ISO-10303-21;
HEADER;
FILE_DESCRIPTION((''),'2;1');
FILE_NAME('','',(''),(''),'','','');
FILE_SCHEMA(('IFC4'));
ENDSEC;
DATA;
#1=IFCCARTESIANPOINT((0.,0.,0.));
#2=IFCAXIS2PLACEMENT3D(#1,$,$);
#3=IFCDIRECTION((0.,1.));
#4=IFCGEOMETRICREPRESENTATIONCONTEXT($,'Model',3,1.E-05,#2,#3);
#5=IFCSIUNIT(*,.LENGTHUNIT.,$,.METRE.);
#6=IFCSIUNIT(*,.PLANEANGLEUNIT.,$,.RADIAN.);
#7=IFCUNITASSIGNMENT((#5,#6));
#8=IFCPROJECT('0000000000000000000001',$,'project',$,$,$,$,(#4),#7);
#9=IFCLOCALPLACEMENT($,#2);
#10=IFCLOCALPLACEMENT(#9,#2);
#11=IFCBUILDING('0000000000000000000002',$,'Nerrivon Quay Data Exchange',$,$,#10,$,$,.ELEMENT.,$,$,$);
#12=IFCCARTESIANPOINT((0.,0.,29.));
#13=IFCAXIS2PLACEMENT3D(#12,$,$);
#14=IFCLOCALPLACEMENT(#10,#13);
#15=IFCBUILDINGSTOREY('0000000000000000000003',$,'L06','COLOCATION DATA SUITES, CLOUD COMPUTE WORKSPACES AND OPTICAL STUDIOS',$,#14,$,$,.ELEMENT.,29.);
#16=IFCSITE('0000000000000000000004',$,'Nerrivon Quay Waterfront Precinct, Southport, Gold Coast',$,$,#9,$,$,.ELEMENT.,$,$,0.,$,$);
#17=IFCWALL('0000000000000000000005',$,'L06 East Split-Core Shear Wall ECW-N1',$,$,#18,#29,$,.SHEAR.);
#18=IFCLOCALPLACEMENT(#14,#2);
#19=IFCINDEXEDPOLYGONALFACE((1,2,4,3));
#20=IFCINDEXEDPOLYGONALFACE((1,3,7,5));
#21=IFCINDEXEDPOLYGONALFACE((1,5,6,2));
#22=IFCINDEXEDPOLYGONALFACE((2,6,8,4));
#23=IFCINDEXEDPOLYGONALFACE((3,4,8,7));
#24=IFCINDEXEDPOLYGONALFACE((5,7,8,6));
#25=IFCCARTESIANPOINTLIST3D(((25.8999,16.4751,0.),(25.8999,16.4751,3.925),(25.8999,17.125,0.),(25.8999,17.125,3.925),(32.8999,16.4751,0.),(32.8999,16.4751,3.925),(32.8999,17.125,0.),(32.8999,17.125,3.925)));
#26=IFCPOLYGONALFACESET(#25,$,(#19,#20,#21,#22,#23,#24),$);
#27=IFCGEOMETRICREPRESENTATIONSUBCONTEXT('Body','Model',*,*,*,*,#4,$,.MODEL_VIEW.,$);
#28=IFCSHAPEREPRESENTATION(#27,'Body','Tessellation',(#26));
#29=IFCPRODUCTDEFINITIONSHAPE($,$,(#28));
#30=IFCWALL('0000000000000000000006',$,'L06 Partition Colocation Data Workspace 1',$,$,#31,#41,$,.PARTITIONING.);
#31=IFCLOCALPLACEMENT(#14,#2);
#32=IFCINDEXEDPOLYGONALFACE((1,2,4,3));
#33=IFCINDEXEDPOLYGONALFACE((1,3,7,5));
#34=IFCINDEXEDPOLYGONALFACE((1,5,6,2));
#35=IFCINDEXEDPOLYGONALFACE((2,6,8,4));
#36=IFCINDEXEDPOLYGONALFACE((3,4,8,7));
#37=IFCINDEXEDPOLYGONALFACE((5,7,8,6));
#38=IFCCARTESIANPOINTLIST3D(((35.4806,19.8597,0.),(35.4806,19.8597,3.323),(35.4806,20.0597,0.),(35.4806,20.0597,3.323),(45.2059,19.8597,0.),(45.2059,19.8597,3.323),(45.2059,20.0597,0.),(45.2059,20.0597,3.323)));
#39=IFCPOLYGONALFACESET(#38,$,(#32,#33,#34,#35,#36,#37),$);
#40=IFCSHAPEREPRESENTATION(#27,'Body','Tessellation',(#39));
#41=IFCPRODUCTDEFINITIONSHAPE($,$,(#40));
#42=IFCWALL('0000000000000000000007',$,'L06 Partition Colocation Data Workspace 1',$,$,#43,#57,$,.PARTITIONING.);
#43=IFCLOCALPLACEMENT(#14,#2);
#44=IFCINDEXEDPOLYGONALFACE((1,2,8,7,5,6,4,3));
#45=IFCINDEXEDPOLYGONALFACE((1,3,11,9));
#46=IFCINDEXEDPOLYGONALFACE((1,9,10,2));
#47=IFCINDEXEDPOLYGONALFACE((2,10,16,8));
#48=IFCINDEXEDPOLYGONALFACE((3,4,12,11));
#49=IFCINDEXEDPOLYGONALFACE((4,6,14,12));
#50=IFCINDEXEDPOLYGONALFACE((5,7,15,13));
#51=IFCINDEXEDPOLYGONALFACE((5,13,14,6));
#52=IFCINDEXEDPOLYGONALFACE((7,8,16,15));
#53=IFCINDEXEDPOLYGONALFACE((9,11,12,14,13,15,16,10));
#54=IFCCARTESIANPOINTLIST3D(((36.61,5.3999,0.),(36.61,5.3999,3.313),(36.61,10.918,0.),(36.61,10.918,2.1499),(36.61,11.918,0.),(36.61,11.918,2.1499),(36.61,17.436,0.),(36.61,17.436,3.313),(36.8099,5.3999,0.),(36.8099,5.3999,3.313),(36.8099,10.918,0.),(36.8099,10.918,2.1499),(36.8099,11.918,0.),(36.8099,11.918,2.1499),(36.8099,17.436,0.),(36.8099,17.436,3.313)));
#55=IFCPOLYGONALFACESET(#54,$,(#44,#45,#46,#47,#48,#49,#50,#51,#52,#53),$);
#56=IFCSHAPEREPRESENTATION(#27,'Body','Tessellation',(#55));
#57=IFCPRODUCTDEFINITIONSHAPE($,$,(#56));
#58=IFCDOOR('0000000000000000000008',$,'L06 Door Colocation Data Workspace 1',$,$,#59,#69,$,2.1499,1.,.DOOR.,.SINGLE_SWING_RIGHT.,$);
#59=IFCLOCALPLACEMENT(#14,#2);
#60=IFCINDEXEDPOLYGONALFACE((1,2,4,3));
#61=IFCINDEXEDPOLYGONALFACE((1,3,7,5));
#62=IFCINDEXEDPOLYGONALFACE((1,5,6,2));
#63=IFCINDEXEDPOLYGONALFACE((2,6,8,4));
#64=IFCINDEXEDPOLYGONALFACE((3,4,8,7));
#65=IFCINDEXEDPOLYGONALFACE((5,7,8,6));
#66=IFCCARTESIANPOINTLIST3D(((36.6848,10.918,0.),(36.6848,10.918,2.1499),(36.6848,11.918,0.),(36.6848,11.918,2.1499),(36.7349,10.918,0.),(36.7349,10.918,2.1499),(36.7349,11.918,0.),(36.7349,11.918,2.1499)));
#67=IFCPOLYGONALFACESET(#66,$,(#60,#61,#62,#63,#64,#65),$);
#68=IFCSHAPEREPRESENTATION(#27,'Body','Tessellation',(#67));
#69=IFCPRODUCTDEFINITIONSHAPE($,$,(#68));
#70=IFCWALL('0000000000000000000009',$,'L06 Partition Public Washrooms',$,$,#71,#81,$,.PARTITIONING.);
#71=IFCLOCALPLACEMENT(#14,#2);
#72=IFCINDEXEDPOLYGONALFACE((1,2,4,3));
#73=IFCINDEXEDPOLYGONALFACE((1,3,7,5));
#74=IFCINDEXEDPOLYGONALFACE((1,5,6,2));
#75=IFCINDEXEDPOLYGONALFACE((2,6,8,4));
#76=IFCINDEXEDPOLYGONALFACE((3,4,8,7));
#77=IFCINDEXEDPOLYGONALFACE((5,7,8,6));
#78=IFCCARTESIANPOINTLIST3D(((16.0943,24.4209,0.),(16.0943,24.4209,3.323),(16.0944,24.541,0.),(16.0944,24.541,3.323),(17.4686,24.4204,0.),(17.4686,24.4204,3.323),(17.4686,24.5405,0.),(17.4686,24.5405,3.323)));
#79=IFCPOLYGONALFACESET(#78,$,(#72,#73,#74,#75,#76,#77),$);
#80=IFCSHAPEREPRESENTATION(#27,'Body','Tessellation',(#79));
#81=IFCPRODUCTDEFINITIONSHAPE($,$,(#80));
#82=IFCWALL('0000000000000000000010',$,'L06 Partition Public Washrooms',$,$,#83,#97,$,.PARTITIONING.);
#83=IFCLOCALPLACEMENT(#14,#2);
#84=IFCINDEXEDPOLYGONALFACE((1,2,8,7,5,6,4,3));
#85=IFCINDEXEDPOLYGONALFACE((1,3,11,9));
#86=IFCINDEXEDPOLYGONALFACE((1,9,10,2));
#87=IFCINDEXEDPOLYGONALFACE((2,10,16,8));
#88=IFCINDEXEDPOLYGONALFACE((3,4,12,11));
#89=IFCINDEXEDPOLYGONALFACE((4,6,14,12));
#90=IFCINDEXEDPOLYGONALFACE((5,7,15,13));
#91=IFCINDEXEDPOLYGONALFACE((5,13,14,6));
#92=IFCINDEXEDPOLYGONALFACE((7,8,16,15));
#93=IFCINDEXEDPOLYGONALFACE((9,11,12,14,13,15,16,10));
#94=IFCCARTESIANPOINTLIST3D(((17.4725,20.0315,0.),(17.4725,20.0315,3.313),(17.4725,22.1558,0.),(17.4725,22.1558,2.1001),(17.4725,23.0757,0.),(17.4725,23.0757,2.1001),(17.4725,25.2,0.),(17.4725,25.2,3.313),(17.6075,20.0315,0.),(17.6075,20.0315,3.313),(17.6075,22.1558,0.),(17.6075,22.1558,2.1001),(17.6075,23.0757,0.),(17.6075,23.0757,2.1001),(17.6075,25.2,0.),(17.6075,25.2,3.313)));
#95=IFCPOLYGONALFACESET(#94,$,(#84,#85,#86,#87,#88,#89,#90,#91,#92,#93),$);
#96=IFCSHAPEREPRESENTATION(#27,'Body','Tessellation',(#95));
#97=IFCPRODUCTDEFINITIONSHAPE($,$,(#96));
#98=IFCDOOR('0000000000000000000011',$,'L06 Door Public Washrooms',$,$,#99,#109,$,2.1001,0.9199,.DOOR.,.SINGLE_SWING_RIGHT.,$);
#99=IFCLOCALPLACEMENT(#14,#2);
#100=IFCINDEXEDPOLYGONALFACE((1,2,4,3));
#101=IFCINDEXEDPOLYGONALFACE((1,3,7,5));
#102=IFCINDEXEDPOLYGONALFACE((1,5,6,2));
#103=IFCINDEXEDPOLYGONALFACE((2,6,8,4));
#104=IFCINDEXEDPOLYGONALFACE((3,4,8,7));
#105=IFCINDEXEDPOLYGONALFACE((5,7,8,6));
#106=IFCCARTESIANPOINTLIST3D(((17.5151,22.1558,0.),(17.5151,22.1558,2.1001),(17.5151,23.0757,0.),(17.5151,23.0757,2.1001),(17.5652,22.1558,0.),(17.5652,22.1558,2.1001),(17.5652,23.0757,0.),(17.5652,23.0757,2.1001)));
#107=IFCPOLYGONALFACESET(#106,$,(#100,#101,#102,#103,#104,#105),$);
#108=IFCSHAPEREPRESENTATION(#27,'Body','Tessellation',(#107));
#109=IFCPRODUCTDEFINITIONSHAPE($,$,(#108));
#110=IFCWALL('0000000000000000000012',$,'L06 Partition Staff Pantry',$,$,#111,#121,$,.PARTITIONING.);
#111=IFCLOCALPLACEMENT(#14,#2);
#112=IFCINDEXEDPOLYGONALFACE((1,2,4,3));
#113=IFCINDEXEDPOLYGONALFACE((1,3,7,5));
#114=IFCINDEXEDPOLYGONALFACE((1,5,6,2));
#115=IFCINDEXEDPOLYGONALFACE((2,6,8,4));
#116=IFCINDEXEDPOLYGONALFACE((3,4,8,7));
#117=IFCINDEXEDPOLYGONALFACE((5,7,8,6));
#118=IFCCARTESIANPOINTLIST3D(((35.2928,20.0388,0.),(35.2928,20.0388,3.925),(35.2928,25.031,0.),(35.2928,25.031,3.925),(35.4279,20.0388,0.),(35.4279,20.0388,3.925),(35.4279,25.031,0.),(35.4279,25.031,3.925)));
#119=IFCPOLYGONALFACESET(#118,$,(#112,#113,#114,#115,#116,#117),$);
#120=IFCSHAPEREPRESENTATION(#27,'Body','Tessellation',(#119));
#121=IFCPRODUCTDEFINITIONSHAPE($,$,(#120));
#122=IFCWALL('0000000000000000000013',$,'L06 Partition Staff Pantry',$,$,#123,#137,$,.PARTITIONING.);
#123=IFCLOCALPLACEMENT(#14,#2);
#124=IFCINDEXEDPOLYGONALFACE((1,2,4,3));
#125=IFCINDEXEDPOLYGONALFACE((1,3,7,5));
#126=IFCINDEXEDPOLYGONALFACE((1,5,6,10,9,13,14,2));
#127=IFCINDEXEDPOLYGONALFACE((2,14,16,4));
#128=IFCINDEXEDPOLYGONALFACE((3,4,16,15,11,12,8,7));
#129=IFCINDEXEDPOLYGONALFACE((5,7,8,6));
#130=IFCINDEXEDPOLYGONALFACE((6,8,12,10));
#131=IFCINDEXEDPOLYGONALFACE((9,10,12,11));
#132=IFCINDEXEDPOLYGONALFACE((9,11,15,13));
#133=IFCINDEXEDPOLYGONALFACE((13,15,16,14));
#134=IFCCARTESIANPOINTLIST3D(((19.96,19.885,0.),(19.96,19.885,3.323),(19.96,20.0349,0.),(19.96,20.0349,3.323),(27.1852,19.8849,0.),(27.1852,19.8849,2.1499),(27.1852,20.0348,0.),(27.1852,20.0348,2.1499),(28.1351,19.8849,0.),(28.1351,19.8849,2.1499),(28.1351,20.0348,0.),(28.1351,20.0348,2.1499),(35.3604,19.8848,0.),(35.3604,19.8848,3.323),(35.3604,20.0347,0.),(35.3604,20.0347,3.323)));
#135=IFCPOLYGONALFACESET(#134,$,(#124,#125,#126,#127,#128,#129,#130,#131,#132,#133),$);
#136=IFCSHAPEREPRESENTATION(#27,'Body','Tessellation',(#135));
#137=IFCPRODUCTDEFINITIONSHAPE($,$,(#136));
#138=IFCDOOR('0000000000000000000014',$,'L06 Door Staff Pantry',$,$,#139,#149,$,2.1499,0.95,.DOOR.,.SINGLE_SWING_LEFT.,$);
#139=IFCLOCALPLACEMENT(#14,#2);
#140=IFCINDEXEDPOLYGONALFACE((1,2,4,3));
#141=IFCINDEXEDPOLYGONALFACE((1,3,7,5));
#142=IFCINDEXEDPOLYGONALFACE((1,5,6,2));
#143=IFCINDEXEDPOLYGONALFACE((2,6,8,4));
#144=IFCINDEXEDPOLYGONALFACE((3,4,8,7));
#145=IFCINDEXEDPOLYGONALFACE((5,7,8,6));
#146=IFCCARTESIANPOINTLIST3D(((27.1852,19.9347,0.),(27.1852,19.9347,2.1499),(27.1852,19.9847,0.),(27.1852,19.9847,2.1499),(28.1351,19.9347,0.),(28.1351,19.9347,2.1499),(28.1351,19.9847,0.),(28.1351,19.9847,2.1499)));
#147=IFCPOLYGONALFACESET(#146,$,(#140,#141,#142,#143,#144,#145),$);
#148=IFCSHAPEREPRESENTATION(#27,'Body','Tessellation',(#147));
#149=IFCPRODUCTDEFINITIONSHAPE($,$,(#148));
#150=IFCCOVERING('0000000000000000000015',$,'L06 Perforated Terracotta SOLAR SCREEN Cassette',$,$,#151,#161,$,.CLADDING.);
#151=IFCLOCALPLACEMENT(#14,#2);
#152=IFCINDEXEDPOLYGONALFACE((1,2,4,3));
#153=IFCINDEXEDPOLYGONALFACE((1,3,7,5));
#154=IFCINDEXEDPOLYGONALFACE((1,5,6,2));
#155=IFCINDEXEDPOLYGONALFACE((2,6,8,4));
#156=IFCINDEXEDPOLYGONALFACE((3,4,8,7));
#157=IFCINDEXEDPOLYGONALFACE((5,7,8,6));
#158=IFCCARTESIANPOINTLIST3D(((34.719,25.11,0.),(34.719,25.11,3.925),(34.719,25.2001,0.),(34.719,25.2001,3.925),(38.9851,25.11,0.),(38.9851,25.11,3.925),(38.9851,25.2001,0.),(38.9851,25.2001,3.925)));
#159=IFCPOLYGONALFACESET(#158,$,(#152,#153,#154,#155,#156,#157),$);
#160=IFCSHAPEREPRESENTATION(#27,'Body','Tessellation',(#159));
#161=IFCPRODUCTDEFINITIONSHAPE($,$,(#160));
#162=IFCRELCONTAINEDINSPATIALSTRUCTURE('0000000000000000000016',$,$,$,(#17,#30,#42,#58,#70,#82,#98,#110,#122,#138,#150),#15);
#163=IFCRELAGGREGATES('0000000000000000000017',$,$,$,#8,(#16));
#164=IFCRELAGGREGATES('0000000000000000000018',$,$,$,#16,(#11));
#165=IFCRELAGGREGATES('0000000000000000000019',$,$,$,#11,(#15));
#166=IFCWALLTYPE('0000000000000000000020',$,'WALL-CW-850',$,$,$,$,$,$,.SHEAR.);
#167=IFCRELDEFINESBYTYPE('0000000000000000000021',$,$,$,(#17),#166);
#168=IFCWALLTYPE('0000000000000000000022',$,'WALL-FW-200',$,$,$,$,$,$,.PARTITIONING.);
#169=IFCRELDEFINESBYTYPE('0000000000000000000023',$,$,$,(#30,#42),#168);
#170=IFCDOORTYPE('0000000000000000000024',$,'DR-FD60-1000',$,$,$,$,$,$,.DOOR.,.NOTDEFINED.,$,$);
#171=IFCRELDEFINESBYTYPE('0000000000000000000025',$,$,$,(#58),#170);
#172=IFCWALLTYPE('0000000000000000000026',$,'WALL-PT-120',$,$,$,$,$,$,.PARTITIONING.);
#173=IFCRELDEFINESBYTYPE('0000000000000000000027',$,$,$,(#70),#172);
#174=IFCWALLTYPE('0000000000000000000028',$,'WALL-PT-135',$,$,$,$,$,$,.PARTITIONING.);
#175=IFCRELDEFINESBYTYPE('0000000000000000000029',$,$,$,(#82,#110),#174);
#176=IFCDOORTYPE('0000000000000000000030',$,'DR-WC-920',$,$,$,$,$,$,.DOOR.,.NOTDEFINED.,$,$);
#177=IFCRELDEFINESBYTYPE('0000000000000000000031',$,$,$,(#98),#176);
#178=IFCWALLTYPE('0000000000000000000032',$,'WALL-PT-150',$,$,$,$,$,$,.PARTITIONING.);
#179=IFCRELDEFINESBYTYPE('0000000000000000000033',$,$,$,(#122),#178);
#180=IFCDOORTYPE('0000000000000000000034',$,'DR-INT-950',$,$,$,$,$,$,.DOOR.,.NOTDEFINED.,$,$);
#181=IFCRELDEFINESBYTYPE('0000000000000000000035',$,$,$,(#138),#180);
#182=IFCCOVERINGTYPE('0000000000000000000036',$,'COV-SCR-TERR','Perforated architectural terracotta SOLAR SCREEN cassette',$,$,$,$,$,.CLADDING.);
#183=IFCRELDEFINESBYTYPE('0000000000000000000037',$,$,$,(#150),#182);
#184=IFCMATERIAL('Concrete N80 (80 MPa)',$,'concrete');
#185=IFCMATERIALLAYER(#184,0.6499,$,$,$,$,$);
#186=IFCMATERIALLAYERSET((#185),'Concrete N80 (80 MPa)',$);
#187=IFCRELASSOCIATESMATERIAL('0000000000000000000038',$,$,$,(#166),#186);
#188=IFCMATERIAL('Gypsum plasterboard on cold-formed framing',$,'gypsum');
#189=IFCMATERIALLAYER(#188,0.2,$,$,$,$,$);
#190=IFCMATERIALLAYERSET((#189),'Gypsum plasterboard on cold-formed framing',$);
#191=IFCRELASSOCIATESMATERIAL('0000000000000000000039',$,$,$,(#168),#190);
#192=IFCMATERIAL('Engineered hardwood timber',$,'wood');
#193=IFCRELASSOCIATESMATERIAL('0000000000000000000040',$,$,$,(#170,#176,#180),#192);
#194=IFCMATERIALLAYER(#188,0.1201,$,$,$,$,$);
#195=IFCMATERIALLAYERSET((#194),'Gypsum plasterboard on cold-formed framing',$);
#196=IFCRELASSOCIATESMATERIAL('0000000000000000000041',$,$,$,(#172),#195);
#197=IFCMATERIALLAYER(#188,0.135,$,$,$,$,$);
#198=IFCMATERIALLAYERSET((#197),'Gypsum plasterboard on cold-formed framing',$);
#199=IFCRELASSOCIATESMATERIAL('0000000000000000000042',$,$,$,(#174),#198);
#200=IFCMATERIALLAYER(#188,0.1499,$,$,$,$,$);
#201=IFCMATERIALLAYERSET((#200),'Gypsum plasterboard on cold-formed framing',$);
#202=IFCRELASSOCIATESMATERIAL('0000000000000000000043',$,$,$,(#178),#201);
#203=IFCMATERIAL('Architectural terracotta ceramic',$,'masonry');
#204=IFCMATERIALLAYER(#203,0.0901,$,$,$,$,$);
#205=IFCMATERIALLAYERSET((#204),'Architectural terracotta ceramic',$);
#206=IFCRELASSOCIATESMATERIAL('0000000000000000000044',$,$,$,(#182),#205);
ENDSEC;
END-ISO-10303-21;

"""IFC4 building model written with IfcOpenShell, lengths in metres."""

from ifc_helpers import new_model, si_unit, direction, frame, frame_2d, origin, origin_2d, place, context, subcontext, project, spatial, rectangle, extrude, material, layer, layer_set, type_object, element, fill, save


model = new_model("IFC4")

# Units and contexts
model_context = context("Model", 3, precision=1e-05, world=origin(), true_north=direction((0.0, 1.0)))
body_context = subcontext(model_context, "Body", "Model", "MODEL_VIEW")
ifc_project = project(units=[si_unit("LENGTHUNIT", "METRE"), si_unit("PLANEANGLEUNIT", "RADIAN")], contexts=[model_context])

# Site, building, storey
site_placement = place(None, origin())
site = spatial("IfcSite", under=ifc_project, at=site_placement, Name="Nerrivon Quay Waterfront Precinct, Southport, Gold Coast", CompositionType="ELEMENT", RefElevation=0.0)
building_placement = place(site_placement, origin())
building = spatial("IfcBuilding", under=site, at=building_placement, Name="Nerrivon Quay Data Exchange", CompositionType="ELEMENT")
storey_placement = place(building_placement, frame((0.0, 0.0, 29.0)))
storey = spatial("IfcBuildingStorey", under=building, at=storey_placement, Name="L06", Description="COLOCATION DATA SUITES, CLOUD COMPUTE WORKSPACES AND OPTICAL STUDIOS", CompositionType="ELEMENT", Elevation=29.0)

# Shared definitions
ifc_material_1 = material(Name="Concrete N80 (80 MPa)", Category="concrete")

# Walls
ifc_layer_1 = layer(ifc_material_1, 0.6499)
ifc_layer_set_1 = layer_set([ifc_layer_1], Name="Concrete N80 (80 MPa)")
wall_type_1 = type_object("IfcWallType", Name="WALL-CW-850", PredefinedType="SHEAR", material=ifc_layer_set_1)
wall_1_placement = place(storey_placement, frame((25.8999, 16.8, 0.0), z_axis=(0.0, 0.0, 1.0), x_axis=(1.0, 0.0, 0.0)))
element("IfcWall", 1, at=wall_1_placement, inside=storey, type_object=wall_type_1, Name="L06 East Split-Core Shear Wall ECW-N1", PredefinedType="SHEAR", context=body_context, shape_type="SweptSolid", body=[
    extrude(rectangle(XDim=7.0, YDim=0.6499, at=frame_2d((3.5, 0.0))), origin(), (0.0, 0.0, 1.0), 3.925),
])
ifc_material_2 = material(Name="Gypsum plasterboard on cold-formed framing", Category="gypsum")
ifc_layer_2 = layer(ifc_material_2, 0.2)
ifc_layer_set_2 = layer_set([ifc_layer_2], Name="Gypsum plasterboard on cold-formed framing")
wall_type_2 = type_object("IfcWallType", Name="WALL-FW-200", PredefinedType="PARTITIONING", material=ifc_layer_set_2)
wall_2_placement = place(storey_placement, frame((35.4805, 19.9597, 0.0), z_axis=(0.0, 0.0, 1.0), x_axis=(1.0, 0.0, 0.0)))
element("IfcWall", 2, at=wall_2_placement, inside=storey, type_object=wall_type_2, Name="L06 Partition Colocation Data Workspace 1", PredefinedType="PARTITIONING", context=body_context, shape_type="SweptSolid", body=[
    extrude(rectangle(XDim=9.7253, YDim=0.2, at=frame_2d((4.8628, 0.0))), origin(), (0.0, 0.0, 1.0), 3.323),
])

# Wall, opening, door
wall_3_placement = place(storey_placement, frame((36.71, 17.436, 0.0), z_axis=(0.0, 0.0, 1.0), x_axis=(0.0, -1.0, 0.0)))
wall_3 = element("IfcWall", 3, at=wall_3_placement, inside=storey, type_object=wall_type_2, Name="L06 Partition Colocation Data Workspace 1", PredefinedType="PARTITIONING", context=body_context, shape_type="SweptSolid", body=[
    extrude(rectangle(XDim=12.0361, YDim=0.2, at=frame_2d((6.0181, 0.0))), origin(), (0.0, 0.0, 1.0), 3.313),
])
opening_1_placement = place(wall_3_placement, frame((5.5181, 0.0, 0.0)))
opening_1 = element("IfcOpeningElement", 4, at=opening_1_placement, cuts=wall_3, PredefinedType="OPENING", context=body_context, shape_type="SweptSolid", body=[
    extrude(rectangle(XDim=1.0, YDim=2.1499, at=frame_2d((0.5, 1.075))), frame((0.0, 0.1099, 0.0), z_axis=(0.0, -1.0, 0.0), x_axis=(1.0, 0.0, 0.0)), (0.0, 0.0, 1.0), 0.22),
])
ifc_material_3 = material(Name="Engineered hardwood timber", Category="wood")
door_type_1 = type_object("IfcDoorType", Name="DR-FD60-1000", OperationType="NOTDEFINED", PredefinedType="DOOR", material=ifc_material_3)
door_1_placement = place(opening_1_placement, origin())
door_1 = element("IfcDoor", 5, at=door_1_placement, inside=storey, type_object=door_type_1, Name="L06 Door Colocation Data Workspace 1", OperationType="SINGLE_SWING_RIGHT", OverallHeight=2.1499, OverallWidth=1.0, PredefinedType="DOOR", context=body_context, shape_type="SweptSolid", body=[
    extrude(rectangle(XDim=1.0, YDim=2.1499, at=frame_2d((0.5, 1.075))), frame((0.0, 0.0249, 0.0), z_axis=(0.0, -1.0, 0.0), x_axis=(1.0, 0.0, 0.0)), (0.0, 0.0, 1.0), 0.05),
])
fill(opening_1, door_1)

# Wall
ifc_layer_3 = layer(ifc_material_2, 0.1201)
ifc_layer_set_3 = layer_set([ifc_layer_3], Name="Gypsum plasterboard on cold-formed framing")
wall_type_3 = type_object("IfcWallType", Name="WALL-PT-120", PredefinedType="PARTITIONING", material=ifc_layer_set_3)
wall_4_placement = place(storey_placement, frame((17.4685, 24.4805, 0.0), z_axis=(0.0, 0.0, 1.0), x_axis=(-1.0, 0.000355, 0.0)))
element("IfcWall", 6, at=wall_4_placement, inside=storey, type_object=wall_type_3, Name="L06 Partition Public Washrooms", PredefinedType="PARTITIONING", context=body_context, shape_type="SweptSolid", body=[
    extrude(rectangle(XDim=1.3743, YDim=0.1201, at=frame_2d((0.687, 0.0))), origin(), (0.0, 0.0, 1.0), 3.323),
])

# Wall, opening, door
ifc_layer_4 = layer(ifc_material_2, 0.135)
ifc_layer_set_4 = layer_set([ifc_layer_4], Name="Gypsum plasterboard on cold-formed framing")
wall_type_4 = type_object("IfcWallType", Name="WALL-PT-135", PredefinedType="PARTITIONING", material=ifc_layer_set_4)
wall_5_placement = place(storey_placement, frame((17.54, 20.0315, 0.0), z_axis=(0.0, 0.0, 1.0), x_axis=(0.0, 1.0, 0.0)))
wall_5 = element("IfcWall", 7, at=wall_5_placement, inside=storey, type_object=wall_type_4, Name="L06 Partition Public Washrooms", PredefinedType="PARTITIONING", context=body_context, shape_type="SweptSolid", body=[
    extrude(rectangle(XDim=5.1685, YDim=0.135, at=frame_2d((2.5842, 0.0))), origin(), (0.0, 0.0, 1.0), 3.313),
])
opening_2_placement = place(wall_5_placement, frame((2.1243, 0.0, 0.0)))
opening_2 = element("IfcOpeningElement", 8, at=opening_2_placement, cuts=wall_5, PredefinedType="OPENING", context=body_context, shape_type="SweptSolid", body=[
    extrude(rectangle(XDim=0.9199, YDim=2.1001, at=frame_2d((0.46, 1.05))), frame((0.0, 0.0774, 0.0), z_axis=(0.0, -1.0, 0.0), x_axis=(1.0, 0.0, 0.0)), (0.0, 0.0, 1.0), 0.155),
])
door_type_2 = type_object("IfcDoorType", Name="DR-WC-920", OperationType="NOTDEFINED", PredefinedType="DOOR", material=ifc_material_3)
door_2_placement = place(opening_2_placement, origin())
door_2 = element("IfcDoor", 9, at=door_2_placement, inside=storey, type_object=door_type_2, Name="L06 Door Public Washrooms", OperationType="SINGLE_SWING_RIGHT", OverallHeight=2.1001, OverallWidth=0.9199, PredefinedType="DOOR", context=body_context, shape_type="SweptSolid", body=[
    extrude(rectangle(XDim=0.9199, YDim=2.1001, at=frame_2d((0.46, 1.05))), frame((0.0, 0.0249, 0.0), z_axis=(0.0, -1.0, 0.0), x_axis=(1.0, 0.0, 0.0)), (0.0, 0.0, 1.0), 0.05),
])
fill(opening_2, door_2)

# Wall
wall_6_placement = place(storey_placement, frame((35.3604, 20.0388, 0.0), z_axis=(0.0, 0.0, 1.0), x_axis=(0.0, 1.0, 0.0)))
element("IfcWall", 10, at=wall_6_placement, inside=storey, type_object=wall_type_4, Name="L06 Partition Staff Pantry", PredefinedType="PARTITIONING", context=body_context, shape_type="SweptSolid", body=[
    extrude(rectangle(XDim=4.9922, YDim=0.135, at=frame_2d((2.4961, 0.0))), origin(), (0.0, 0.0, 1.0), 3.925),
])

# Wall, opening, door
ifc_layer_5 = layer(ifc_material_2, 0.1499)
ifc_layer_set_5 = layer_set([ifc_layer_5], Name="Gypsum plasterboard on cold-formed framing")
wall_type_5 = type_object("IfcWallType", Name="WALL-PT-150", PredefinedType="PARTITIONING", material=ifc_layer_set_5)
wall_7_placement = place(storey_placement, frame((19.96, 19.96, 0.0), z_axis=(0.0, 0.0, 1.0), x_axis=(1.0, -0.000016, 0.0)))
wall_7 = element("IfcWall", 11, at=wall_7_placement, inside=storey, type_object=wall_type_5, Name="L06 Partition Staff Pantry", PredefinedType="PARTITIONING", context=body_context, shape_type="SweptSolid", body=[
    extrude(rectangle(XDim=15.4004, YDim=0.1499, at=frame_2d((7.7002, 0.0))), origin(), (0.0, 0.0, 1.0), 3.323),
])
opening_3_placement = place(wall_7_placement, frame((7.2251, 0.0, 0.0)))
opening_3 = element("IfcOpeningElement", 12, at=opening_3_placement, cuts=wall_7, PredefinedType="OPENING", context=body_context, shape_type="SweptSolid", body=[
    extrude(rectangle(XDim=0.95, YDim=2.1499, at=frame_2d((0.4751, 1.075))), frame((0.0, 0.085, 0.0), z_axis=(0.0, -1.0, 0.0), x_axis=(1.0, 0.0, 0.0)), (0.0, 0.0, 1.0), 0.1699),
])
door_type_3 = type_object("IfcDoorType", Name="DR-INT-950", OperationType="NOTDEFINED", PredefinedType="DOOR", material=ifc_material_3)
door_3_placement = place(opening_3_placement, origin())
door_3 = element("IfcDoor", 13, at=door_3_placement, inside=storey, type_object=door_type_3, Name="L06 Door Staff Pantry", OperationType="SINGLE_SWING_LEFT", OverallHeight=2.1499, OverallWidth=0.95, PredefinedType="DOOR", context=body_context, shape_type="SweptSolid", body=[
    extrude(rectangle(XDim=0.95, YDim=2.1499, at=frame_2d((0.4751, 1.075))), frame((0.0, 0.0249, 0.0), z_axis=(0.0, -1.0, 0.0), x_axis=(1.0, 0.0, 0.0)), (0.0, 0.0, 1.0), 0.05),
])
fill(opening_3, door_3)

# Covering
ifc_material_4 = material(Name="Architectural terracotta ceramic", Category="masonry")
ifc_layer_6 = layer(ifc_material_4, 0.0901)
ifc_layer_set_6 = layer_set([ifc_layer_6], Name="Architectural terracotta ceramic")
covering_type = type_object("IfcCoveringType", Name="COV-SCR-TERR", Description="Perforated architectural terracotta SOLAR SCREEN cassette", PredefinedType="CLADDING", material=ifc_layer_set_6)
covering_placement = place(storey_placement, frame((36.8521, 25.155, 0.0), z_axis=(0.0, 0.0, 1.0), x_axis=(1.0, 0.0, 0.0)))
element("IfcCovering", 14, at=covering_placement, inside=storey, type_object=covering_type, Name="L06 Perforated Terracotta SOLAR SCREEN Cassette", PredefinedType="CLADDING", context=body_context, shape_type="SweptSolid", body=[
    extrude(rectangle(XDim=4.2661, YDim=0.0901, at=origin_2d()), origin(), (0.0, 0.0, 1.0), 3.925),
])

save(model, "model.ifc")
